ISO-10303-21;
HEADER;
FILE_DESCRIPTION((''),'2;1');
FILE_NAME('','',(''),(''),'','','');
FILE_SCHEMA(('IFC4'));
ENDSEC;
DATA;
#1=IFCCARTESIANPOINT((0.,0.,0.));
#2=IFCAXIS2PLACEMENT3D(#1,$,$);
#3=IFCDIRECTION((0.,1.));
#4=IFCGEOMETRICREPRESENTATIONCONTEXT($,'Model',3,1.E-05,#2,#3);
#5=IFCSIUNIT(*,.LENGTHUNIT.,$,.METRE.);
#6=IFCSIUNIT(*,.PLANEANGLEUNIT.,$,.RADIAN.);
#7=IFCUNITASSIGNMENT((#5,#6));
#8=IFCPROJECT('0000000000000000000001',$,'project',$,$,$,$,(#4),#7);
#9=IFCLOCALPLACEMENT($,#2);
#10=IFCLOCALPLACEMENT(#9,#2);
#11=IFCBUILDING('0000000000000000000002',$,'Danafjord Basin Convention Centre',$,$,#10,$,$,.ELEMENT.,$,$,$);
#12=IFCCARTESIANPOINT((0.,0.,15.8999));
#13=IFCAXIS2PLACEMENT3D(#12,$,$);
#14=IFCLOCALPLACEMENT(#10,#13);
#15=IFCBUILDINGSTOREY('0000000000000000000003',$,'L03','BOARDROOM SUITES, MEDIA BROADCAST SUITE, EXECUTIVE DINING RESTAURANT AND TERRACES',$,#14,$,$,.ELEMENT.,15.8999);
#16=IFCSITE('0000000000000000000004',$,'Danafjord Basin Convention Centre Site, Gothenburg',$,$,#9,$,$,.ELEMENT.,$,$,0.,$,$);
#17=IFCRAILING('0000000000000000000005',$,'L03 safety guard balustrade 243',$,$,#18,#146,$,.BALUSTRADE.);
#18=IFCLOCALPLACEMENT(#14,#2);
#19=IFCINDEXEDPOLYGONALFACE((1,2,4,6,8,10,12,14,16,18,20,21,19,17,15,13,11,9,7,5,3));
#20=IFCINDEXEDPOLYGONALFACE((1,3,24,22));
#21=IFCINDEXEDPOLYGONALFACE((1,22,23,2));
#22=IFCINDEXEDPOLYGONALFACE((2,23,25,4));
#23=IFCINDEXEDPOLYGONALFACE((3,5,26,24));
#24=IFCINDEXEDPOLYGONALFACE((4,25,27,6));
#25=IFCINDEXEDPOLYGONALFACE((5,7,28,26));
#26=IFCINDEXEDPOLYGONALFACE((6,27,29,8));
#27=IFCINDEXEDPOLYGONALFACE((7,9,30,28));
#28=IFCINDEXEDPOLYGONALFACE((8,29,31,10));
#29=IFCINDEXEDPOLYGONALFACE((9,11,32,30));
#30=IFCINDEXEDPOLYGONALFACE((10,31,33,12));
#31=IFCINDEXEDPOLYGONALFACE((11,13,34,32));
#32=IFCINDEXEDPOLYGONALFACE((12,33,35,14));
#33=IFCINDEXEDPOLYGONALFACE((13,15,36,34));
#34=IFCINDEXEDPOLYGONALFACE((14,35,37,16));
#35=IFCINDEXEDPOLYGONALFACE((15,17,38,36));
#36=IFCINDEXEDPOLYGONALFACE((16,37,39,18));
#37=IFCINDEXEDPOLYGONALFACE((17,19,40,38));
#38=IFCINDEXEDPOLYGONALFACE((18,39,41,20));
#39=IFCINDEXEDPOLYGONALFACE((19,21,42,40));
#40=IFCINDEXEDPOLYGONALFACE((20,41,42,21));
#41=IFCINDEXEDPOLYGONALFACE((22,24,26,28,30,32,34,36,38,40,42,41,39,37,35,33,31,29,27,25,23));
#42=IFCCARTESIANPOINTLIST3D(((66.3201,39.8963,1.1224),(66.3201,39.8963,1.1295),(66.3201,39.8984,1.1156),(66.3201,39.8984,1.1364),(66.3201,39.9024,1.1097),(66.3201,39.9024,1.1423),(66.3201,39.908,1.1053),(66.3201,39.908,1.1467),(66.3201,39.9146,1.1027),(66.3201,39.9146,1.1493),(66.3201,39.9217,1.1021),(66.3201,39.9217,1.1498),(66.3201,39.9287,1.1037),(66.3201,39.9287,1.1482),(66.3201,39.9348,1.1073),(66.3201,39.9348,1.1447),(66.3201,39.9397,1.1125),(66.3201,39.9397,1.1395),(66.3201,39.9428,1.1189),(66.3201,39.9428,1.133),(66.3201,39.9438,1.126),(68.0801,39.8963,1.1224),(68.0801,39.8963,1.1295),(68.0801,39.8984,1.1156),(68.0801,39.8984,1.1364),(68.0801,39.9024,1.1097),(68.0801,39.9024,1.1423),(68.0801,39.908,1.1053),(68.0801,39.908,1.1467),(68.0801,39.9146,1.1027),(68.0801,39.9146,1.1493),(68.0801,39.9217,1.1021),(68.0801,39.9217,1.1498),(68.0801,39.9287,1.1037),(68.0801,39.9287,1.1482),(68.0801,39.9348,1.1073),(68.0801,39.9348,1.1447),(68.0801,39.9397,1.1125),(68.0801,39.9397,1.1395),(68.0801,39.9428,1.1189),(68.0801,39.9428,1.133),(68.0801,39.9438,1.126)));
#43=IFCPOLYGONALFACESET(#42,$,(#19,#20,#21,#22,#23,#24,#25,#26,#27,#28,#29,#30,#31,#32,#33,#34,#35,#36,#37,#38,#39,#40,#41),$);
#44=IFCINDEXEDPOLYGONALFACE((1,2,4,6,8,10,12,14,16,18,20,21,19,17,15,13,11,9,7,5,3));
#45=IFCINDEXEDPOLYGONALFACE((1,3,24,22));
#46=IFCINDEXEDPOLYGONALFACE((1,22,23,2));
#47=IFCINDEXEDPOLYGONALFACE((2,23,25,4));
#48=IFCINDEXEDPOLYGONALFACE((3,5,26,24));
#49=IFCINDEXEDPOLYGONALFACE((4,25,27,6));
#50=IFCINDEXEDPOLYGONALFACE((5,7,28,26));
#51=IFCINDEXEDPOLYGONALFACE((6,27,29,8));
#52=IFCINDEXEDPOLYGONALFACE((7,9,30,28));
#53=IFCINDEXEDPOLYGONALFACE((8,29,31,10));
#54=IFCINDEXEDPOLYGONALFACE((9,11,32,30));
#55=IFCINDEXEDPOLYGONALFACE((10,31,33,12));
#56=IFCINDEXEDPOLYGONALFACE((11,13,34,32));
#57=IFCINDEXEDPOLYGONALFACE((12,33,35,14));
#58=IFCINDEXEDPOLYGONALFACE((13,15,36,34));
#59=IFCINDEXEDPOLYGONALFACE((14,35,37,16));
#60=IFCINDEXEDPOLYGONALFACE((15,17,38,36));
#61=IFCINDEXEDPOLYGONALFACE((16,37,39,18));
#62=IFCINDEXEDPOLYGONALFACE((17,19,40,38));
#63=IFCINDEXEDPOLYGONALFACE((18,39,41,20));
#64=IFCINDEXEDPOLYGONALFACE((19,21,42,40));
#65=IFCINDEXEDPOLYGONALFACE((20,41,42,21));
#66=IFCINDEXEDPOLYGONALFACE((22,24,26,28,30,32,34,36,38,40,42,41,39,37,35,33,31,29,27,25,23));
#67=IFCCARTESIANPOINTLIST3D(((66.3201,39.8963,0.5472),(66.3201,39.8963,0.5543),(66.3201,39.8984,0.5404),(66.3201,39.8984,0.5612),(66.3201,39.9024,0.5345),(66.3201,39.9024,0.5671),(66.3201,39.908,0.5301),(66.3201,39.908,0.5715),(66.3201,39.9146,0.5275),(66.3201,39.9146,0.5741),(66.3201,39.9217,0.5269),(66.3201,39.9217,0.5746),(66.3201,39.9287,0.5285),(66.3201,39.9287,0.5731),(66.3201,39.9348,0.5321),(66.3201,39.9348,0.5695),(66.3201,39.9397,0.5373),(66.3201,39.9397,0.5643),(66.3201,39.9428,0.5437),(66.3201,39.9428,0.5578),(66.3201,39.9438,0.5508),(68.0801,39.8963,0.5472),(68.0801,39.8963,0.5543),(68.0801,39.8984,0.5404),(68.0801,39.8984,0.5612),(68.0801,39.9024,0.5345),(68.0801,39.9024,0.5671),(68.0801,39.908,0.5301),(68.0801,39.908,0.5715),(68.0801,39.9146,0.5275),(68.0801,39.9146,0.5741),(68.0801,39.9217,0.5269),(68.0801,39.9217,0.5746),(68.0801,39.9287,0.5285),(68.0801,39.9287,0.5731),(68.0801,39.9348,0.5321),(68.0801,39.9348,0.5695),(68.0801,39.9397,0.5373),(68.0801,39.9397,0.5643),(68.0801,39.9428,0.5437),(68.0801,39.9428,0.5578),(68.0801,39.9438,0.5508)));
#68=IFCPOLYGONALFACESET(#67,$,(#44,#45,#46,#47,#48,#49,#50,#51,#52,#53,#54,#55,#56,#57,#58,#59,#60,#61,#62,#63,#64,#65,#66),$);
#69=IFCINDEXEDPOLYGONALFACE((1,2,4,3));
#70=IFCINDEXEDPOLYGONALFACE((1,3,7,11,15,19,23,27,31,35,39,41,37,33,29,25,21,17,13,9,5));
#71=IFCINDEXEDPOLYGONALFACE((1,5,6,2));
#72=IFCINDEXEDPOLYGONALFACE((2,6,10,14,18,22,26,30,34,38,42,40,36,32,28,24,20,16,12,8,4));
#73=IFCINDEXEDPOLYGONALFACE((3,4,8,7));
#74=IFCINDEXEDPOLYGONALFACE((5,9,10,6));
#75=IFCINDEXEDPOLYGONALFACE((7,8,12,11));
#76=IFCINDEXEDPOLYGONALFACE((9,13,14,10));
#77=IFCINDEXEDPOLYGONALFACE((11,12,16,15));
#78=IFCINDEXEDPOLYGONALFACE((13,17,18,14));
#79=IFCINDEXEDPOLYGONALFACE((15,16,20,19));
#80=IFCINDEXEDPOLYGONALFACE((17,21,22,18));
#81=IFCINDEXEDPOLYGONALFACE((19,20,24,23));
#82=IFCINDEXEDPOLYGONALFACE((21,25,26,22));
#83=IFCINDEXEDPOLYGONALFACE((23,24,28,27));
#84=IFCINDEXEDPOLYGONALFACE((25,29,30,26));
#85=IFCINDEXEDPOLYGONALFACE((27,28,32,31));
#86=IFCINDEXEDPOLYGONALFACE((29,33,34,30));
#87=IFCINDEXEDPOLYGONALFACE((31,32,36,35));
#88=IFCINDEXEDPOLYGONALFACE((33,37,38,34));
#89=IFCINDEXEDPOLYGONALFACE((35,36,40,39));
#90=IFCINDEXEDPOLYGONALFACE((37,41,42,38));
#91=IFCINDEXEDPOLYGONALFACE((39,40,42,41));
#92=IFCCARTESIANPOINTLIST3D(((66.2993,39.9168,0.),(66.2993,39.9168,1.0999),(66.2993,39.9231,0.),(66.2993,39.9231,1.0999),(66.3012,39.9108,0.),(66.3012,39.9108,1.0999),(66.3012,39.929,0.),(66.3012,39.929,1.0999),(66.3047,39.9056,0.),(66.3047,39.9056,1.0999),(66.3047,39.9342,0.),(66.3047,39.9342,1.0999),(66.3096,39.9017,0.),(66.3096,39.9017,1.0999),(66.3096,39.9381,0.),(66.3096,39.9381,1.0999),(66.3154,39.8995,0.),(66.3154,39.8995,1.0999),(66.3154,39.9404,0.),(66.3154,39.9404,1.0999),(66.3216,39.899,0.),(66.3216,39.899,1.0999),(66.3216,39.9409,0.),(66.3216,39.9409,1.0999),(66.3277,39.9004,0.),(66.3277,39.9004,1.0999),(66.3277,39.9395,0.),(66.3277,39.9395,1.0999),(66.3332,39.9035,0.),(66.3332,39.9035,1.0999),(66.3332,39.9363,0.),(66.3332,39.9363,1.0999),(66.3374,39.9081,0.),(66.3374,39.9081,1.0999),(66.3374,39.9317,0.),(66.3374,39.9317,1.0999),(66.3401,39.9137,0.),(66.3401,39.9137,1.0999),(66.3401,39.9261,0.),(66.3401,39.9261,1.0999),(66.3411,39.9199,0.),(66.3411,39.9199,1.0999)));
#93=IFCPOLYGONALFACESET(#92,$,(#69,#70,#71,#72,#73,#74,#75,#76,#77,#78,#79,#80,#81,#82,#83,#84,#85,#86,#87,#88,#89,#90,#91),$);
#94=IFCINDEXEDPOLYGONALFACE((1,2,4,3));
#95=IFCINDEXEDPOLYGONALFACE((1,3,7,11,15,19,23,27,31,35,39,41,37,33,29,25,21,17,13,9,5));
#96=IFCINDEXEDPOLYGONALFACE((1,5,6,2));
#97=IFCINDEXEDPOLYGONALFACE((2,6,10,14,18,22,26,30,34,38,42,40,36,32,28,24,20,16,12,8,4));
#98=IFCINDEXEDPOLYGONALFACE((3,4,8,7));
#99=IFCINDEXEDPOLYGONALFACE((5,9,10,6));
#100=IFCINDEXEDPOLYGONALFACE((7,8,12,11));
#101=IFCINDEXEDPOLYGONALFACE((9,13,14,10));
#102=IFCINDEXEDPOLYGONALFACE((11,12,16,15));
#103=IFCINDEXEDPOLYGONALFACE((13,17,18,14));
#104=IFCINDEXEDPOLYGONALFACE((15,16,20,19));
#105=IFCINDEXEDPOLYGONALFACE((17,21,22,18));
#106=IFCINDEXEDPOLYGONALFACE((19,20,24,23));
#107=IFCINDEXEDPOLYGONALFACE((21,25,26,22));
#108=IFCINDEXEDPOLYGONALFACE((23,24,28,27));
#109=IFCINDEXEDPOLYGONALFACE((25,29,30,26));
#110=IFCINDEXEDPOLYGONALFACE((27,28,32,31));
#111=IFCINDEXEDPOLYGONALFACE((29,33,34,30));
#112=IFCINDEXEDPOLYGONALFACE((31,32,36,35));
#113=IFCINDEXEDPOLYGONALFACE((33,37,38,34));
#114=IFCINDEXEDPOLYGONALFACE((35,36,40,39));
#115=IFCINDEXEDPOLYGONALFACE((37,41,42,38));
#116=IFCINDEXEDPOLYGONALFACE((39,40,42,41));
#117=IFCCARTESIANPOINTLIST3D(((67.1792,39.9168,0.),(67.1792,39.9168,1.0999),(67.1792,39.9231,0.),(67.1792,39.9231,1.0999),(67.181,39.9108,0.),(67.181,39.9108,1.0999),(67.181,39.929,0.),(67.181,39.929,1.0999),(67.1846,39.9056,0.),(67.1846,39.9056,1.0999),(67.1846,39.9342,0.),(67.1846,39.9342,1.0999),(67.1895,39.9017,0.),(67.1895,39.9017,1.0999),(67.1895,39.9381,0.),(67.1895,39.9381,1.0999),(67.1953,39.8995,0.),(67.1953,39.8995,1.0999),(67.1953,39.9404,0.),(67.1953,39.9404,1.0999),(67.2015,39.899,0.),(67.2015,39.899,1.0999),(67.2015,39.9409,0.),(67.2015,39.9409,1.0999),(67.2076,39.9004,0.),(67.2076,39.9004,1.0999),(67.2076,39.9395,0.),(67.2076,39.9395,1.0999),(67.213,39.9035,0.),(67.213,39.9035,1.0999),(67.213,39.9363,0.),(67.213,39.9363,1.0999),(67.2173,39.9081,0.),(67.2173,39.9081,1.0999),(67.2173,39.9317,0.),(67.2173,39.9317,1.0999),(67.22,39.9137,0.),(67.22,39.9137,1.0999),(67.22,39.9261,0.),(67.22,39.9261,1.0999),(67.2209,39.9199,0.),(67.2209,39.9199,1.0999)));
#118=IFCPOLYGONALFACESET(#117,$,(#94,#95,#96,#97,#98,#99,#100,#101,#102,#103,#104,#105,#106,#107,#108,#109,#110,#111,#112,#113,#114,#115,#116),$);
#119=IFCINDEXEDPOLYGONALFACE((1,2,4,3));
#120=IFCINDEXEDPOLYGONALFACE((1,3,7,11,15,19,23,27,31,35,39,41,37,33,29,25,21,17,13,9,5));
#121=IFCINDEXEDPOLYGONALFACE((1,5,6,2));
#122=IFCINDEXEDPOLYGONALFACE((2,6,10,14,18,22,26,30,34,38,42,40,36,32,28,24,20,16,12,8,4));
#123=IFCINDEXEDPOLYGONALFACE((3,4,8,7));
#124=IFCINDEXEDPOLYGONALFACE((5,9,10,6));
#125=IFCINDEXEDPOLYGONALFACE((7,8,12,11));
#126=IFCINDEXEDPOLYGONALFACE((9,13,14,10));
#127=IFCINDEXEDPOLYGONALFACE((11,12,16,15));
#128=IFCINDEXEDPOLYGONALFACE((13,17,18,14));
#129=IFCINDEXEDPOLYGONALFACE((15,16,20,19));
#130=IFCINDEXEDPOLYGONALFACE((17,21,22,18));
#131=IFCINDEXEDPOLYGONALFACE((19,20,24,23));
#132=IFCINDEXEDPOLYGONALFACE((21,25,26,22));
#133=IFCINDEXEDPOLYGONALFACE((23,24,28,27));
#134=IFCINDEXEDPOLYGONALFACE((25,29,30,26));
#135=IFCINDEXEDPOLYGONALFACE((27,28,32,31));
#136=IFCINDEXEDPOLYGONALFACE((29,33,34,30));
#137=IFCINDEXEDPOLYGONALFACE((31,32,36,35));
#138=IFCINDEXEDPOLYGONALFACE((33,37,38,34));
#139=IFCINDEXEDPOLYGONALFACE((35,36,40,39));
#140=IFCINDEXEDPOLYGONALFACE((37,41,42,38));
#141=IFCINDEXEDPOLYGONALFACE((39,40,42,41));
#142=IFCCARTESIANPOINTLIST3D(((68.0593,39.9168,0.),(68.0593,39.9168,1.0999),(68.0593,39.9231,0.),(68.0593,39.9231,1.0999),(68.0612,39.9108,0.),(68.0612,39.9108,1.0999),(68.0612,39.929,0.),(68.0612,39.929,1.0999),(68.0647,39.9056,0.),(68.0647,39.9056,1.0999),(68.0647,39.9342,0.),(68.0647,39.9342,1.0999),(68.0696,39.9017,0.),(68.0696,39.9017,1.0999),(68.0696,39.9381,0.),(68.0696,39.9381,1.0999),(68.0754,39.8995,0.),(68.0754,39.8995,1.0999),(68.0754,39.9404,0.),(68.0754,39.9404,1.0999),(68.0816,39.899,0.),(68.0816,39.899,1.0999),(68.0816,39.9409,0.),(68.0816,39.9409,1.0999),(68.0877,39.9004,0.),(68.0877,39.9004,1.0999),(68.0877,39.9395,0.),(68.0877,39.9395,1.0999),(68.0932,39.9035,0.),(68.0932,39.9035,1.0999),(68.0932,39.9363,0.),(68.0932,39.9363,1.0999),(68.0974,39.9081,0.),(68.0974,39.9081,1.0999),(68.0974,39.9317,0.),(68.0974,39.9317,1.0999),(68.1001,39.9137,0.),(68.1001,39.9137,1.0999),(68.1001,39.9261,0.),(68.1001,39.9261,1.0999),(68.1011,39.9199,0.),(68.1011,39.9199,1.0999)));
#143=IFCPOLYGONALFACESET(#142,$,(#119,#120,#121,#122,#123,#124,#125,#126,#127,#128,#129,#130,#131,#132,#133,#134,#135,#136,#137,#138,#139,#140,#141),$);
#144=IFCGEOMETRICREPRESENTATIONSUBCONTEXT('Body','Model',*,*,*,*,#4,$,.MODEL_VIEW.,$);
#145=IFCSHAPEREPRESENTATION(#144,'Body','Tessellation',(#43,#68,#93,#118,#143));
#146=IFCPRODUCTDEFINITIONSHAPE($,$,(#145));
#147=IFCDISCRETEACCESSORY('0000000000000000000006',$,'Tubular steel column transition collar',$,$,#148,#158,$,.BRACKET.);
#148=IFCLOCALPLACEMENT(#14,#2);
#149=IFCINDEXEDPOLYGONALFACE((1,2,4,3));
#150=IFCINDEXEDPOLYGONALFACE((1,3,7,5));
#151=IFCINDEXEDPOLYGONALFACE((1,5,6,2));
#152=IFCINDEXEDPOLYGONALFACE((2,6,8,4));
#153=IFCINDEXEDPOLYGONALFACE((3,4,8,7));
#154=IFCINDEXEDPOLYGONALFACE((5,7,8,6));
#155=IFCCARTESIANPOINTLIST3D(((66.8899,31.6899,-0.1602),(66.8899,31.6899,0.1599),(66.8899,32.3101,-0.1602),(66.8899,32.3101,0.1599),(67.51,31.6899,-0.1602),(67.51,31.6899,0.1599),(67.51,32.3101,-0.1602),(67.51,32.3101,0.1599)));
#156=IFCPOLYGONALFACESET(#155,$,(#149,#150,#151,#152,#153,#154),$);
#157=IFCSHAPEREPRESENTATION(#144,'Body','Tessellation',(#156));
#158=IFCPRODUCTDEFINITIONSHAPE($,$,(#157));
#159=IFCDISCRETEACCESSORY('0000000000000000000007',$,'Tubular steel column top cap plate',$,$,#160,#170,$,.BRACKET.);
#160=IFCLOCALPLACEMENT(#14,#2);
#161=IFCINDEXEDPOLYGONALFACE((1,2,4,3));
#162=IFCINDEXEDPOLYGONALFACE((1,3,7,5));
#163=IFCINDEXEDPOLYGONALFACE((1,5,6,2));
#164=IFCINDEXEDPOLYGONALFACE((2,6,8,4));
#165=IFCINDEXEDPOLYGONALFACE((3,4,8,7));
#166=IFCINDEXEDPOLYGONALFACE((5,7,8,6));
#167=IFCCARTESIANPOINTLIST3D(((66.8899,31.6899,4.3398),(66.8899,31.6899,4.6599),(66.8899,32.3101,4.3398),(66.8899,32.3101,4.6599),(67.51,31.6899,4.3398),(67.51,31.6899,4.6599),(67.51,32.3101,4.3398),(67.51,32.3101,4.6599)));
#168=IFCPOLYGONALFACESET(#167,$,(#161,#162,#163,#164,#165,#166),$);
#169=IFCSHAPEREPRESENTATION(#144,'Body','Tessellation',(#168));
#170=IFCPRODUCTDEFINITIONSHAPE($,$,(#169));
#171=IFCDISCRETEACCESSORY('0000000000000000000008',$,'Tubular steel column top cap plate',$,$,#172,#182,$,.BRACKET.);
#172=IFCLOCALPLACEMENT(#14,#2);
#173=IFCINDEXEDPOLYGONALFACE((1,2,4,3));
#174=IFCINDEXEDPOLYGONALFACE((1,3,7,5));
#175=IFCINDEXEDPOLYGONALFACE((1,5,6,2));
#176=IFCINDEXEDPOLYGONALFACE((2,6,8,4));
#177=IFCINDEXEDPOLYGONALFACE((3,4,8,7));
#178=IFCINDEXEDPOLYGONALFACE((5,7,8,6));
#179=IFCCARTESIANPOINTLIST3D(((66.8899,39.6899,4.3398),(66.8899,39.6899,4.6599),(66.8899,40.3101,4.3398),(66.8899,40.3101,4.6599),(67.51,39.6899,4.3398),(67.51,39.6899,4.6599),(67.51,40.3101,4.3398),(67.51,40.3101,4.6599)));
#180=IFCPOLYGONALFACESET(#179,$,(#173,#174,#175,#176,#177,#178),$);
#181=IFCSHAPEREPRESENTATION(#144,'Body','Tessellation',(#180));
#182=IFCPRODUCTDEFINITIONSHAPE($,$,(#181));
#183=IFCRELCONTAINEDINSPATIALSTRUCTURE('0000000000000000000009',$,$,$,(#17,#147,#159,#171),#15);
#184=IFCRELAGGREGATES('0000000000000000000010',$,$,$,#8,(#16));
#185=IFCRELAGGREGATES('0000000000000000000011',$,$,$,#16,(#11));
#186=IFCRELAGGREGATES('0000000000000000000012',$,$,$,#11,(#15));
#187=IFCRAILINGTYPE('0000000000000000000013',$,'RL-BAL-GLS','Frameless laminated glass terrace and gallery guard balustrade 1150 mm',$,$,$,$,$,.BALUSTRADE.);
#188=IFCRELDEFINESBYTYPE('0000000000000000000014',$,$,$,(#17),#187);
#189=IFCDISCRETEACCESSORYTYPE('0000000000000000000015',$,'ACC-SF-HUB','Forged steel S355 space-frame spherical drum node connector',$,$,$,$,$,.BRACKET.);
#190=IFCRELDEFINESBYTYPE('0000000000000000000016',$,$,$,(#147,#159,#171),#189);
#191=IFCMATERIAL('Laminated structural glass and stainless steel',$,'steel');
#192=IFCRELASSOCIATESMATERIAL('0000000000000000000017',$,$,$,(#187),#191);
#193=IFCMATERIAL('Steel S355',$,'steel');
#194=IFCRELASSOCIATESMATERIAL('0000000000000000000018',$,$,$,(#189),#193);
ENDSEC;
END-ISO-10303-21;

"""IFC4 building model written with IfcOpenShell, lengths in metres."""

from ifc_helpers import new_model, si_unit, direction, frame, origin, origin_2d, place, context, subcontext, project, spatial, rectangle, circle, extrude, material, type_object, element, save


model = new_model("IFC4")

# Units and contexts
model_context = context("Model", 3, precision=1e-05, world=origin(), true_north=direction((0.0, 1.0)))
body_context = subcontext(model_context, "Body", "Model", "MODEL_VIEW")
ifc_project = project(units=[si_unit("LENGTHUNIT", "METRE"), si_unit("PLANEANGLEUNIT", "RADIAN")], contexts=[model_context])

# Site, building, storey
site_placement = place(None, origin())
site = spatial("IfcSite", under=ifc_project, at=site_placement, Name="Danafjord Basin Convention Centre Site, Gothenburg", CompositionType="ELEMENT", RefElevation=0.0)
building_placement = place(site_placement, origin())
building = spatial("IfcBuilding", under=site, at=building_placement, Name="Danafjord Basin Convention Centre", CompositionType="ELEMENT")
storey_placement = place(building_placement, frame((0.0, 0.0, 15.8999)))
storey = spatial("IfcBuildingStorey", under=building, at=storey_placement, Name="L03", Description="BOARDROOM SUITES, MEDIA BROADCAST SUITE, EXECUTIVE DINING RESTAURANT AND TERRACES", CompositionType="ELEMENT", Elevation=15.8999)

# Shared definitions
ifc_material_1 = material(Name="Steel S355", Category="steel")

# Railing
ifc_material_2 = material(Name="Laminated structural glass and stainless steel", Category="steel")
railing_type = type_object("IfcRailingType", Name="RL-BAL-GLS", Description="Frameless laminated glass terrace and gallery guard balustrade 1150 mm", PredefinedType="BALUSTRADE", material=ifc_material_2)
railing_placement = place(storey_placement, frame((66.3201, 39.9199, 0.0)))
element("IfcRailing", 1, at=railing_placement, inside=storey, type_object=railing_type, Name="L03 safety guard balustrade 243", PredefinedType="BALUSTRADE", context=body_context, shape_type="SweptSolid", body=[
    extrude(circle(Radius=0.0239, at=origin_2d()), frame((0.0, 0.0, 1.126), z_axis=(1.0, 0.0, 0.0), x_axis=(0.0, 1.0, 0.0)), (0.0, 0.0, 1.0), 1.76),
    extrude(circle(Radius=0.0239, at=origin_2d()), frame((0.0, 0.0, 0.5508), z_axis=(1.0, 0.0, 0.0), x_axis=(0.0, 1.0, 0.0)), (0.0, 0.0, 1.0), 1.76),
    extrude(circle(Radius=0.021, at=origin_2d()), origin(), (0.0, 0.0, 1.0), 1.0999),
    extrude(circle(Radius=0.021, at=origin_2d()), frame((0.8799, 0.0, 0.0)), (0.0, 0.0, 1.0), 1.0999),
    extrude(circle(Radius=0.021, at=origin_2d()), frame((1.76, 0.0, 0.0)), (0.0, 0.0, 1.0), 1.0999),
])

# Discrete accessories
discrete_accessory_type = type_object("IfcDiscreteAccessoryType", Name="ACC-SF-HUB", Description="Forged steel S355 space-frame spherical drum node connector", PredefinedType="BRACKET", material=ifc_material_1)
for number, where, z_axis, x_axis, name in (
    (2, (67.2, 32.0, -0.1602), (0.0, 0.0, 1.0), (1.0, 0.0, 0.0), "Tubular steel column transition collar"),
    (3, (67.2, 32.0, 4.3398), (0.0, 0.0, 1.0), (1.0, 0.0, 0.0), "Tubular steel column top cap plate"),
    (4, (67.2, 40.0, 4.3398), (0.0, 0.0, 1.0), (1.0, 0.0, 0.0), "Tubular steel column top cap plate"),
):
    element("IfcDiscreteAccessory", number, at=place(storey_placement, frame(where, z_axis=z_axis, x_axis=x_axis)), inside=storey, type_object=discrete_accessory_type, Name=name, PredefinedType="BRACKET", context=body_context, shape_type="SweptSolid", body=[
        extrude(rectangle(XDim=0.6201, YDim=0.6201, at=origin_2d()), origin(), (0.0, 0.0, 1.0), 0.3201),
    ])

save(model, "model.ifc")
